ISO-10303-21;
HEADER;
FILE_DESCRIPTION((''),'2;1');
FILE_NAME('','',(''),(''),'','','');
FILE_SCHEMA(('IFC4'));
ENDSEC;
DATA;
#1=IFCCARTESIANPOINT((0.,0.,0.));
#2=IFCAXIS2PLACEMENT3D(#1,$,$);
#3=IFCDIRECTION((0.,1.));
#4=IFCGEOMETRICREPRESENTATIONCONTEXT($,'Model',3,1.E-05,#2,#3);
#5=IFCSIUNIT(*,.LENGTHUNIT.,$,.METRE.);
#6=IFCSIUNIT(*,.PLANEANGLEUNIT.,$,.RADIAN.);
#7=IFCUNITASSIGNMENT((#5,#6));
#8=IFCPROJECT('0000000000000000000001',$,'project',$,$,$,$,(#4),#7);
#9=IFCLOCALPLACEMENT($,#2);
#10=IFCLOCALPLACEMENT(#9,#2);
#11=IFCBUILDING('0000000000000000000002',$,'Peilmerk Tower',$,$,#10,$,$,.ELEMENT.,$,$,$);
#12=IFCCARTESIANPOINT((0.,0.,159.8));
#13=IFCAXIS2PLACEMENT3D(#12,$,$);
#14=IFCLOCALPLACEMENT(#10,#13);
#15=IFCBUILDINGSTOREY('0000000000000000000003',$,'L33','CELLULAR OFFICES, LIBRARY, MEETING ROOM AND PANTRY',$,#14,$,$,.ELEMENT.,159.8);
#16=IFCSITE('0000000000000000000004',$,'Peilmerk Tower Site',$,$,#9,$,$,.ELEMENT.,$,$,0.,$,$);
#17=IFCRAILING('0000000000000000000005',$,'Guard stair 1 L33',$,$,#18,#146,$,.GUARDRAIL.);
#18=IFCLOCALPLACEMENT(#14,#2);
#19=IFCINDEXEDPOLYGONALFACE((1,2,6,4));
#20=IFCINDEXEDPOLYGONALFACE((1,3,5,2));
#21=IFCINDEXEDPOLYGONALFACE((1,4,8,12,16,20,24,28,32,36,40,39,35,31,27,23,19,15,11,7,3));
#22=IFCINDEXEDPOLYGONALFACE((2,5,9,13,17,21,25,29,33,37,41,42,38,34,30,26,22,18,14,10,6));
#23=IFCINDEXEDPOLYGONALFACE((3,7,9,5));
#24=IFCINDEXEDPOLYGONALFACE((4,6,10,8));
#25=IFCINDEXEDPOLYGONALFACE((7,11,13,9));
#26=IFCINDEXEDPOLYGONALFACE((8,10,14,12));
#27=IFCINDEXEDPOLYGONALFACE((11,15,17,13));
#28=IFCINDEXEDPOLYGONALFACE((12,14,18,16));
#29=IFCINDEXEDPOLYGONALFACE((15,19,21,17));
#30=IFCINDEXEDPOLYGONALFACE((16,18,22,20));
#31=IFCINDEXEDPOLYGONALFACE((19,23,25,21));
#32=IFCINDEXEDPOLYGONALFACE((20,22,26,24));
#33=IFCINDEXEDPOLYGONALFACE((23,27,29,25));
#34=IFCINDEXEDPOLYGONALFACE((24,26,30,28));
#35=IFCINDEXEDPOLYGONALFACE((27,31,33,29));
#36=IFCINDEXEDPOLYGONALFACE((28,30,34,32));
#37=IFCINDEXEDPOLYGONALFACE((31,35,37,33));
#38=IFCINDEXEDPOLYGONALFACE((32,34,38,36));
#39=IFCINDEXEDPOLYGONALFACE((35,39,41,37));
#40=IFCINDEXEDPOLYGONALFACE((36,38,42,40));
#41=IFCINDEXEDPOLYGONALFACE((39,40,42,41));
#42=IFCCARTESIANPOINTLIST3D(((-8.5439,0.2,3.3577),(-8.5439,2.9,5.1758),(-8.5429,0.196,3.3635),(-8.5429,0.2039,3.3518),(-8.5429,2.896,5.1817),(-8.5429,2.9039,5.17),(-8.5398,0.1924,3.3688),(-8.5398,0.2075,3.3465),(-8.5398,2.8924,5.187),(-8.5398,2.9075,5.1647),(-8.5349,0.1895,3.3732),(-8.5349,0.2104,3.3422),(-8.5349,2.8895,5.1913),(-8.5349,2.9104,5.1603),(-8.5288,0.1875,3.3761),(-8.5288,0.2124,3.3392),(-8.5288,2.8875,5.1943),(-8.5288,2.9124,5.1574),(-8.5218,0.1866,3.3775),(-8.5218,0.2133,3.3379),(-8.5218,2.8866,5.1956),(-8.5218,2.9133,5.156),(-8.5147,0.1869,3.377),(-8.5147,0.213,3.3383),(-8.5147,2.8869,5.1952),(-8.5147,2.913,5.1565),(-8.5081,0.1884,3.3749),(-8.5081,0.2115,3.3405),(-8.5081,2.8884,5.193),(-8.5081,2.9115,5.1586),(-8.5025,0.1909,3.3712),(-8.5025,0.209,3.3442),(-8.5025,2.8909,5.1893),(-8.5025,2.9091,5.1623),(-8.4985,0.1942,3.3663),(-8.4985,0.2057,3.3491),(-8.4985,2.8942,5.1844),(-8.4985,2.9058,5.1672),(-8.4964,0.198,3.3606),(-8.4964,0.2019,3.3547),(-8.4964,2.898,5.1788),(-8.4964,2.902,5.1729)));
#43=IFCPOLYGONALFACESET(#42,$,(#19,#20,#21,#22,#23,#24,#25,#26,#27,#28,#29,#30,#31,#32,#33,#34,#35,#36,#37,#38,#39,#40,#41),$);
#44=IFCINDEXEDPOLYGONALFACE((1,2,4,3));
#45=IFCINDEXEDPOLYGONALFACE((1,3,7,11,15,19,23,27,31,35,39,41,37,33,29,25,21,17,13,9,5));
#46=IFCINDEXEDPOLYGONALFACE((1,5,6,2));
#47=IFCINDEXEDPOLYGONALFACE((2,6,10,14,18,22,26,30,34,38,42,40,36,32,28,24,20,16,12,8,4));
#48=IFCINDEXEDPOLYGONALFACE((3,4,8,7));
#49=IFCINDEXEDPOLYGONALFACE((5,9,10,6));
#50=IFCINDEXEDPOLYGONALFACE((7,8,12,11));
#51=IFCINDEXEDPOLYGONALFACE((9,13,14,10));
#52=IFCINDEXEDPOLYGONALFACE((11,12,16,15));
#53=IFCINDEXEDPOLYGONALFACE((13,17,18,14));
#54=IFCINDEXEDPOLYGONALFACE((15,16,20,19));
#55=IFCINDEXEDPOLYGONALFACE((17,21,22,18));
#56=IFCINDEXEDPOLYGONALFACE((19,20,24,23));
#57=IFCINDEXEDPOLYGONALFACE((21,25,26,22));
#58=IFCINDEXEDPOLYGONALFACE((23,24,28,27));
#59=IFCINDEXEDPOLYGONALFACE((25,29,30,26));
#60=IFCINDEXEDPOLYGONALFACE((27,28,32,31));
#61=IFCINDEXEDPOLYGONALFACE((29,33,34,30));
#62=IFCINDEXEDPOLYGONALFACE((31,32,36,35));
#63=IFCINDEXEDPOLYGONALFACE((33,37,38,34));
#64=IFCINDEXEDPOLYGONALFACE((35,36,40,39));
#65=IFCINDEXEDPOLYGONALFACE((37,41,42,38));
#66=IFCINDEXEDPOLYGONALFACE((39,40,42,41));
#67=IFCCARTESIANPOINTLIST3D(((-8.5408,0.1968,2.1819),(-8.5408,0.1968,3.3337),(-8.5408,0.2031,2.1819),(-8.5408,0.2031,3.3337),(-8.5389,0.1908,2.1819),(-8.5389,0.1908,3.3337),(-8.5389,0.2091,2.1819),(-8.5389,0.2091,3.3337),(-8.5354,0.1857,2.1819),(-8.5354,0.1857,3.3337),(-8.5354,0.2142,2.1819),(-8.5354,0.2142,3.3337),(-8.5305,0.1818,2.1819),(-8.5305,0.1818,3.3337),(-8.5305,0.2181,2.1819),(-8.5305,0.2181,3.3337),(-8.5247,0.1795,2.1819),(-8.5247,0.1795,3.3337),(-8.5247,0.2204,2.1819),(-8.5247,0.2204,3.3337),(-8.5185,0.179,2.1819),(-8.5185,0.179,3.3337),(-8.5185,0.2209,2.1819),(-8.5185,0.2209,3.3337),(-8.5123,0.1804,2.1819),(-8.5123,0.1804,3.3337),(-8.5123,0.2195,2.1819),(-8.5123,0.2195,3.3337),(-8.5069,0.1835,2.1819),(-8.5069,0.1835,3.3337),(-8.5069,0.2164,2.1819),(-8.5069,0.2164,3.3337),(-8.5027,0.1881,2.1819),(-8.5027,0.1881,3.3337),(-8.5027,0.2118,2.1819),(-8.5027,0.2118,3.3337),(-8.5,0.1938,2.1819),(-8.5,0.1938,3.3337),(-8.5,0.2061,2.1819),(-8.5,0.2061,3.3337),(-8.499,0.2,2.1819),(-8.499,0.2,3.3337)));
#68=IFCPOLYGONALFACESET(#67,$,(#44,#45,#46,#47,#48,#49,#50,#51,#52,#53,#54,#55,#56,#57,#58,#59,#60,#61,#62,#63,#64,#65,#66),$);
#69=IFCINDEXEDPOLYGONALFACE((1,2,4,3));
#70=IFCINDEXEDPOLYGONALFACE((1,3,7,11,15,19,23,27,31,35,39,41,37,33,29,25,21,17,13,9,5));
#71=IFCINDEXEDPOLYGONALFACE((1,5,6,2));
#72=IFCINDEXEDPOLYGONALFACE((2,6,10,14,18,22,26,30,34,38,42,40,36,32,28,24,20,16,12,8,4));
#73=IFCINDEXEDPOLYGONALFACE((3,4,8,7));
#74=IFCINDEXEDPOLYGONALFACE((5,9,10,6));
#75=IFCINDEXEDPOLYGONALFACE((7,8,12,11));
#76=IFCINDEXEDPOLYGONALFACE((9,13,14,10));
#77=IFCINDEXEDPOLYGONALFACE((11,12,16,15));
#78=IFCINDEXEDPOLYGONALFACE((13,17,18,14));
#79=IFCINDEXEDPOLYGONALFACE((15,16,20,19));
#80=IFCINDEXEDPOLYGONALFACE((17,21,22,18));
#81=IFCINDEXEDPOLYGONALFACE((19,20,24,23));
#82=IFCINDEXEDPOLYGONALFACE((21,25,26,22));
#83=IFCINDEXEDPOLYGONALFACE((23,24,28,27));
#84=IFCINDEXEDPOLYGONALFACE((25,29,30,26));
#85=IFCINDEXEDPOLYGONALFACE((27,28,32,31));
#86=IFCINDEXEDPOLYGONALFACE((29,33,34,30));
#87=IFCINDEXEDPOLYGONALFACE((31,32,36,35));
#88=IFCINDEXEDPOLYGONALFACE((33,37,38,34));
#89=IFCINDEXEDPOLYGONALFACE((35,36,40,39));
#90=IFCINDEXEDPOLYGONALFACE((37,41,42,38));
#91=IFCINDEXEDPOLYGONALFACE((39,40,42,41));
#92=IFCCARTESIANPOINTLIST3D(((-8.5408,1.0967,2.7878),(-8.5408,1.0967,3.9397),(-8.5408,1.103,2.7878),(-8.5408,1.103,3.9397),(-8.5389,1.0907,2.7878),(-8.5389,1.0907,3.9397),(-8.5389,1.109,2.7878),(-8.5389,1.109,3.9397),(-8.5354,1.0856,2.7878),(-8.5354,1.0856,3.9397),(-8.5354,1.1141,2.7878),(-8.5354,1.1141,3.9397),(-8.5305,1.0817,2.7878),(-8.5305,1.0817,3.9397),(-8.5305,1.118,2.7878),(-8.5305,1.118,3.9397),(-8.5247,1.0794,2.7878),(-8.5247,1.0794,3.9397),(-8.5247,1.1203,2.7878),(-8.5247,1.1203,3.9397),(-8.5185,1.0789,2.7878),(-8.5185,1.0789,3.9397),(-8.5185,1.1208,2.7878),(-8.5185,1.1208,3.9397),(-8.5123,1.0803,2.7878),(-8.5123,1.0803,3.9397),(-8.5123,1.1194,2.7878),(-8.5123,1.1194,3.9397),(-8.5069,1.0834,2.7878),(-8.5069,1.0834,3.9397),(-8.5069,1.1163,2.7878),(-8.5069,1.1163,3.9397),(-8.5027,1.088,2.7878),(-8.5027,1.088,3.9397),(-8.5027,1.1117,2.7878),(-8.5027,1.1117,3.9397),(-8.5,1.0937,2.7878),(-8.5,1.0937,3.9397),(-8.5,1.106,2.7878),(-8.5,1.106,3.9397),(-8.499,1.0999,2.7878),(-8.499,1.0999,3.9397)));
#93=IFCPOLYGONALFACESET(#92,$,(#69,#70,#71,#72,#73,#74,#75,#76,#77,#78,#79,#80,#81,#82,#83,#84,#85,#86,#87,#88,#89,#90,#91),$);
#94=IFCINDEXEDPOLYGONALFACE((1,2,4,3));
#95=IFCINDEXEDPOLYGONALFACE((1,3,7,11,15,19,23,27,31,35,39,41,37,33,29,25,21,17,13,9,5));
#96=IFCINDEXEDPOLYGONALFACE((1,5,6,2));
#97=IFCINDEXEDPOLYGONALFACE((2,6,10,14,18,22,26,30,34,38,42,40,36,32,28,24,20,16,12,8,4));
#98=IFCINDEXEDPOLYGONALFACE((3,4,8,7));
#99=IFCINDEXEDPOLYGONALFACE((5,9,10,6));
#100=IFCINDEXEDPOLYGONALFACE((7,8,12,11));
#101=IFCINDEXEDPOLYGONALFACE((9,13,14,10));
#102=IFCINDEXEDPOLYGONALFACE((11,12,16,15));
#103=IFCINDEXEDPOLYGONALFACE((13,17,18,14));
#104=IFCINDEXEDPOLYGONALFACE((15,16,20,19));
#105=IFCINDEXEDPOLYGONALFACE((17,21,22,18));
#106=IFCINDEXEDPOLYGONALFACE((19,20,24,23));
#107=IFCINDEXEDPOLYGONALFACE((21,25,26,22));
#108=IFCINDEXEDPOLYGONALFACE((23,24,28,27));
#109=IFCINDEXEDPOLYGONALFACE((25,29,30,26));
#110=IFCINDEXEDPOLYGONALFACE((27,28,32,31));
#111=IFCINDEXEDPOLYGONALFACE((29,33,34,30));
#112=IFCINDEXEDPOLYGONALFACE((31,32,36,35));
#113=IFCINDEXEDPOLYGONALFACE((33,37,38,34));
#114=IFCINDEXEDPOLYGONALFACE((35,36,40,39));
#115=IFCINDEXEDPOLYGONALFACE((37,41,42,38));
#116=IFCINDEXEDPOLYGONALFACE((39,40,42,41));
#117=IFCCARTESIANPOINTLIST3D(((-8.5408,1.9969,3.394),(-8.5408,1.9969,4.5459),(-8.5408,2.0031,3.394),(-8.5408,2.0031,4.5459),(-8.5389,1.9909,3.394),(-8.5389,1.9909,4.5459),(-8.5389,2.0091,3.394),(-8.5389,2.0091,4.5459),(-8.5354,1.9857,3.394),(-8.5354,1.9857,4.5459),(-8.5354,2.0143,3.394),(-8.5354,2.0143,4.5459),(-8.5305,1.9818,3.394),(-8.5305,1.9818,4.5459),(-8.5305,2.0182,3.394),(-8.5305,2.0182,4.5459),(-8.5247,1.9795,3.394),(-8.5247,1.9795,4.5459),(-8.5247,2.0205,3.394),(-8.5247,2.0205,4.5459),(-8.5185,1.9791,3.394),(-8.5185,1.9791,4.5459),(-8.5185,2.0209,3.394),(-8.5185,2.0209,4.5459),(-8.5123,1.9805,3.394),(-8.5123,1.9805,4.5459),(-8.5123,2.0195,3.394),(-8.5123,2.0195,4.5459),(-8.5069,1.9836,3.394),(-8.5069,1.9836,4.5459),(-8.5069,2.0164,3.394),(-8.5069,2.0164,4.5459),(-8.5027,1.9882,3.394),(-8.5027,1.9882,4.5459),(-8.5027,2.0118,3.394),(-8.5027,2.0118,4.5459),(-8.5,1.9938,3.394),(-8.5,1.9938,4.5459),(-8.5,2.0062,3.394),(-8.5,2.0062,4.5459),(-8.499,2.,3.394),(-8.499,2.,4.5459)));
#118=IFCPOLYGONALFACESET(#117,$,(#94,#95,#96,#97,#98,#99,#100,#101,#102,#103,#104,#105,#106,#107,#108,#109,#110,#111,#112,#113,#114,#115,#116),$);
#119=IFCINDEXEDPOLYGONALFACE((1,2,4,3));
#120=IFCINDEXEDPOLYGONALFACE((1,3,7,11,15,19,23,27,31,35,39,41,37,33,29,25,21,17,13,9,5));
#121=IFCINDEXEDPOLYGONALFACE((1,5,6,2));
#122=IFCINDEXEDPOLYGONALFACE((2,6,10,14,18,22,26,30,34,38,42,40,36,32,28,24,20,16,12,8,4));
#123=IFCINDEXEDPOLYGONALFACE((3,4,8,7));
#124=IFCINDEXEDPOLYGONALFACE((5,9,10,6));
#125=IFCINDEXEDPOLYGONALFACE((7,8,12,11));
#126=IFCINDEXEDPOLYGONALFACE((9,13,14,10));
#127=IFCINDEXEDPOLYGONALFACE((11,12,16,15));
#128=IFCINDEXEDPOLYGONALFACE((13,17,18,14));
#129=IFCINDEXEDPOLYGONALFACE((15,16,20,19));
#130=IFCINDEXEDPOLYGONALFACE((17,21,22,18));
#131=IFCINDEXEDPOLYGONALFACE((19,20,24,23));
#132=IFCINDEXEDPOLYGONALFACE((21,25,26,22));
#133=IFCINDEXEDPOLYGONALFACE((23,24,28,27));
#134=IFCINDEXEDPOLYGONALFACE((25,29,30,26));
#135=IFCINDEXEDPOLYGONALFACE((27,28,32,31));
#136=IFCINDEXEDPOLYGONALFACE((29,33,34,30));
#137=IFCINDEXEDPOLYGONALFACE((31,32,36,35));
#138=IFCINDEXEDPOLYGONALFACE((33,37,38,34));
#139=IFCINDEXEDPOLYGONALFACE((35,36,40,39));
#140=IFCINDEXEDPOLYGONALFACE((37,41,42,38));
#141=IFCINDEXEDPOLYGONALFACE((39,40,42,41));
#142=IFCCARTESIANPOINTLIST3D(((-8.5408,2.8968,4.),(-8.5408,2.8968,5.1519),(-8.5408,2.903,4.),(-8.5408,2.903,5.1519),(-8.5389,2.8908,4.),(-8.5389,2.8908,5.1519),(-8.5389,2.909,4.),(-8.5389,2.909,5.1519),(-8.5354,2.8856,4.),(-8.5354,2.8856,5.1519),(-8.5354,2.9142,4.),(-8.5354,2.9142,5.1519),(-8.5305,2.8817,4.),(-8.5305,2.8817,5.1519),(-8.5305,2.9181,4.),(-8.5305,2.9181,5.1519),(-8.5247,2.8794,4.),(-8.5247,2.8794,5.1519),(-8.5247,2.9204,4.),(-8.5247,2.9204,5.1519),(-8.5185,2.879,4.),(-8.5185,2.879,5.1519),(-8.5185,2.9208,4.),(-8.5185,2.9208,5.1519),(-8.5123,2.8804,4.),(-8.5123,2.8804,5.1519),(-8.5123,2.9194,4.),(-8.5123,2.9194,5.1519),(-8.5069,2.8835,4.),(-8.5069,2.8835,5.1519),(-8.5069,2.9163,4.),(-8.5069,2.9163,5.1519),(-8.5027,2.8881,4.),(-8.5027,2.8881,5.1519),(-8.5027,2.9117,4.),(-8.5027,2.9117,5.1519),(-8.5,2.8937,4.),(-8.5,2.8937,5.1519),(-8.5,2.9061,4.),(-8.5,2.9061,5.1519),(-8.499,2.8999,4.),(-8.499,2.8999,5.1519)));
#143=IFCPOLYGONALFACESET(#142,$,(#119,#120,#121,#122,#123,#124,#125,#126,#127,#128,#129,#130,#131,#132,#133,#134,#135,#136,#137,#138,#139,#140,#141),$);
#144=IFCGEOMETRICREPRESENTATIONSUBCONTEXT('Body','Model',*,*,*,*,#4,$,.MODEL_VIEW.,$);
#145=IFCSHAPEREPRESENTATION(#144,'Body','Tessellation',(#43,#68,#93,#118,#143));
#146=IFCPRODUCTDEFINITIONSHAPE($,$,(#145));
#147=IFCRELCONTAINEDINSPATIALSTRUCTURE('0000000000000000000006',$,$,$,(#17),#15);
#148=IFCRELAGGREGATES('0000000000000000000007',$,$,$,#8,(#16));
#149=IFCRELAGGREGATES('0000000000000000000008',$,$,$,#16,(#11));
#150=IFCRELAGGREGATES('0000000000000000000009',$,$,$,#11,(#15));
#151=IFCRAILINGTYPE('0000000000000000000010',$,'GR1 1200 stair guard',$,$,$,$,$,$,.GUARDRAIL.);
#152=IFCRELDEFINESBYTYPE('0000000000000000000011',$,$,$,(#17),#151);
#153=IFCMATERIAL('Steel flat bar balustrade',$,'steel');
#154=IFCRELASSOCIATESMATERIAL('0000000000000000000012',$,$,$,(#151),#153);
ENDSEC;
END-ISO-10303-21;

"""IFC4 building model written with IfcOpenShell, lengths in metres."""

from ifc_helpers import new_model, si_unit, direction, frame, origin, origin_2d, place, context, subcontext, project, spatial, circle, extrude, material, type_object, element, save


model = new_model("IFC4")

# Units and contexts
model_context = context("Model", 3, precision=1e-05, world=origin(), true_north=direction((0.0, 1.0)))
body_context = subcontext(model_context, "Body", "Model", "MODEL_VIEW")
ifc_project = project(units=[si_unit("LENGTHUNIT", "METRE"), si_unit("PLANEANGLEUNIT", "RADIAN")], contexts=[model_context])

# Site, building, storey
site_placement = place(None, origin())
site = spatial("IfcSite", under=ifc_project, at=site_placement, Name="Peilmerk Tower Site", CompositionType="ELEMENT", RefElevation=0.0)
building_placement = place(site_placement, origin())
building = spatial("IfcBuilding", under=site, at=building_placement, Name="Peilmerk Tower", CompositionType="ELEMENT")
storey_placement = place(building_placement, frame((0.0, 0.0, 159.8)))
storey = spatial("IfcBuildingStorey", under=building, at=storey_placement, Name="L33", Description="CELLULAR OFFICES, LIBRARY, MEETING ROOM AND PANTRY", CompositionType="ELEMENT", Elevation=159.8)

# Railing
ifc_material_1 = material(Name="Steel flat bar balustrade", Category="steel")
railing_type_1 = type_object("IfcRailingType", Name="GR1 1200 stair guard", PredefinedType="GUARDRAIL", material=ifc_material_1)
railing_1_placement = place(storey_placement, frame((-8.52, 0.2, 2.1819)))
element("IfcRailing", 1, at=railing_1_placement, inside=storey, type_object=railing_type_1, Name="Guard stair 1 L33", PredefinedType="GUARDRAIL", context=body_context, shape_type="SweptSolid", body=[
    extrude(circle(Radius=0.0239, at=origin_2d()), frame((0.0, 0.0, 1.1758), z_axis=(0.0, 0.829468, 0.558554), x_axis=(-1.0, 0.0, 0.0)), (0.0, 0.0, 1.0), 3.2551),
    extrude(circle(Radius=0.021, at=origin_2d()), origin(), (0.0, 0.0, 1.0), 1.1519),
    extrude(circle(Radius=0.021, at=origin_2d()), frame((0.0, 0.8999, 0.606)), (0.0, 0.0, 1.0), 1.1519),
    extrude(circle(Radius=0.021, at=origin_2d()), frame((0.0, 1.8, 1.2122)), (0.0, 0.0, 1.0), 1.1519),
    extrude(circle(Radius=0.021, at=origin_2d()), frame((0.0, 2.7, 1.8181)), (0.0, 0.0, 1.0), 1.1519),
])

save(model, "model.ifc")
